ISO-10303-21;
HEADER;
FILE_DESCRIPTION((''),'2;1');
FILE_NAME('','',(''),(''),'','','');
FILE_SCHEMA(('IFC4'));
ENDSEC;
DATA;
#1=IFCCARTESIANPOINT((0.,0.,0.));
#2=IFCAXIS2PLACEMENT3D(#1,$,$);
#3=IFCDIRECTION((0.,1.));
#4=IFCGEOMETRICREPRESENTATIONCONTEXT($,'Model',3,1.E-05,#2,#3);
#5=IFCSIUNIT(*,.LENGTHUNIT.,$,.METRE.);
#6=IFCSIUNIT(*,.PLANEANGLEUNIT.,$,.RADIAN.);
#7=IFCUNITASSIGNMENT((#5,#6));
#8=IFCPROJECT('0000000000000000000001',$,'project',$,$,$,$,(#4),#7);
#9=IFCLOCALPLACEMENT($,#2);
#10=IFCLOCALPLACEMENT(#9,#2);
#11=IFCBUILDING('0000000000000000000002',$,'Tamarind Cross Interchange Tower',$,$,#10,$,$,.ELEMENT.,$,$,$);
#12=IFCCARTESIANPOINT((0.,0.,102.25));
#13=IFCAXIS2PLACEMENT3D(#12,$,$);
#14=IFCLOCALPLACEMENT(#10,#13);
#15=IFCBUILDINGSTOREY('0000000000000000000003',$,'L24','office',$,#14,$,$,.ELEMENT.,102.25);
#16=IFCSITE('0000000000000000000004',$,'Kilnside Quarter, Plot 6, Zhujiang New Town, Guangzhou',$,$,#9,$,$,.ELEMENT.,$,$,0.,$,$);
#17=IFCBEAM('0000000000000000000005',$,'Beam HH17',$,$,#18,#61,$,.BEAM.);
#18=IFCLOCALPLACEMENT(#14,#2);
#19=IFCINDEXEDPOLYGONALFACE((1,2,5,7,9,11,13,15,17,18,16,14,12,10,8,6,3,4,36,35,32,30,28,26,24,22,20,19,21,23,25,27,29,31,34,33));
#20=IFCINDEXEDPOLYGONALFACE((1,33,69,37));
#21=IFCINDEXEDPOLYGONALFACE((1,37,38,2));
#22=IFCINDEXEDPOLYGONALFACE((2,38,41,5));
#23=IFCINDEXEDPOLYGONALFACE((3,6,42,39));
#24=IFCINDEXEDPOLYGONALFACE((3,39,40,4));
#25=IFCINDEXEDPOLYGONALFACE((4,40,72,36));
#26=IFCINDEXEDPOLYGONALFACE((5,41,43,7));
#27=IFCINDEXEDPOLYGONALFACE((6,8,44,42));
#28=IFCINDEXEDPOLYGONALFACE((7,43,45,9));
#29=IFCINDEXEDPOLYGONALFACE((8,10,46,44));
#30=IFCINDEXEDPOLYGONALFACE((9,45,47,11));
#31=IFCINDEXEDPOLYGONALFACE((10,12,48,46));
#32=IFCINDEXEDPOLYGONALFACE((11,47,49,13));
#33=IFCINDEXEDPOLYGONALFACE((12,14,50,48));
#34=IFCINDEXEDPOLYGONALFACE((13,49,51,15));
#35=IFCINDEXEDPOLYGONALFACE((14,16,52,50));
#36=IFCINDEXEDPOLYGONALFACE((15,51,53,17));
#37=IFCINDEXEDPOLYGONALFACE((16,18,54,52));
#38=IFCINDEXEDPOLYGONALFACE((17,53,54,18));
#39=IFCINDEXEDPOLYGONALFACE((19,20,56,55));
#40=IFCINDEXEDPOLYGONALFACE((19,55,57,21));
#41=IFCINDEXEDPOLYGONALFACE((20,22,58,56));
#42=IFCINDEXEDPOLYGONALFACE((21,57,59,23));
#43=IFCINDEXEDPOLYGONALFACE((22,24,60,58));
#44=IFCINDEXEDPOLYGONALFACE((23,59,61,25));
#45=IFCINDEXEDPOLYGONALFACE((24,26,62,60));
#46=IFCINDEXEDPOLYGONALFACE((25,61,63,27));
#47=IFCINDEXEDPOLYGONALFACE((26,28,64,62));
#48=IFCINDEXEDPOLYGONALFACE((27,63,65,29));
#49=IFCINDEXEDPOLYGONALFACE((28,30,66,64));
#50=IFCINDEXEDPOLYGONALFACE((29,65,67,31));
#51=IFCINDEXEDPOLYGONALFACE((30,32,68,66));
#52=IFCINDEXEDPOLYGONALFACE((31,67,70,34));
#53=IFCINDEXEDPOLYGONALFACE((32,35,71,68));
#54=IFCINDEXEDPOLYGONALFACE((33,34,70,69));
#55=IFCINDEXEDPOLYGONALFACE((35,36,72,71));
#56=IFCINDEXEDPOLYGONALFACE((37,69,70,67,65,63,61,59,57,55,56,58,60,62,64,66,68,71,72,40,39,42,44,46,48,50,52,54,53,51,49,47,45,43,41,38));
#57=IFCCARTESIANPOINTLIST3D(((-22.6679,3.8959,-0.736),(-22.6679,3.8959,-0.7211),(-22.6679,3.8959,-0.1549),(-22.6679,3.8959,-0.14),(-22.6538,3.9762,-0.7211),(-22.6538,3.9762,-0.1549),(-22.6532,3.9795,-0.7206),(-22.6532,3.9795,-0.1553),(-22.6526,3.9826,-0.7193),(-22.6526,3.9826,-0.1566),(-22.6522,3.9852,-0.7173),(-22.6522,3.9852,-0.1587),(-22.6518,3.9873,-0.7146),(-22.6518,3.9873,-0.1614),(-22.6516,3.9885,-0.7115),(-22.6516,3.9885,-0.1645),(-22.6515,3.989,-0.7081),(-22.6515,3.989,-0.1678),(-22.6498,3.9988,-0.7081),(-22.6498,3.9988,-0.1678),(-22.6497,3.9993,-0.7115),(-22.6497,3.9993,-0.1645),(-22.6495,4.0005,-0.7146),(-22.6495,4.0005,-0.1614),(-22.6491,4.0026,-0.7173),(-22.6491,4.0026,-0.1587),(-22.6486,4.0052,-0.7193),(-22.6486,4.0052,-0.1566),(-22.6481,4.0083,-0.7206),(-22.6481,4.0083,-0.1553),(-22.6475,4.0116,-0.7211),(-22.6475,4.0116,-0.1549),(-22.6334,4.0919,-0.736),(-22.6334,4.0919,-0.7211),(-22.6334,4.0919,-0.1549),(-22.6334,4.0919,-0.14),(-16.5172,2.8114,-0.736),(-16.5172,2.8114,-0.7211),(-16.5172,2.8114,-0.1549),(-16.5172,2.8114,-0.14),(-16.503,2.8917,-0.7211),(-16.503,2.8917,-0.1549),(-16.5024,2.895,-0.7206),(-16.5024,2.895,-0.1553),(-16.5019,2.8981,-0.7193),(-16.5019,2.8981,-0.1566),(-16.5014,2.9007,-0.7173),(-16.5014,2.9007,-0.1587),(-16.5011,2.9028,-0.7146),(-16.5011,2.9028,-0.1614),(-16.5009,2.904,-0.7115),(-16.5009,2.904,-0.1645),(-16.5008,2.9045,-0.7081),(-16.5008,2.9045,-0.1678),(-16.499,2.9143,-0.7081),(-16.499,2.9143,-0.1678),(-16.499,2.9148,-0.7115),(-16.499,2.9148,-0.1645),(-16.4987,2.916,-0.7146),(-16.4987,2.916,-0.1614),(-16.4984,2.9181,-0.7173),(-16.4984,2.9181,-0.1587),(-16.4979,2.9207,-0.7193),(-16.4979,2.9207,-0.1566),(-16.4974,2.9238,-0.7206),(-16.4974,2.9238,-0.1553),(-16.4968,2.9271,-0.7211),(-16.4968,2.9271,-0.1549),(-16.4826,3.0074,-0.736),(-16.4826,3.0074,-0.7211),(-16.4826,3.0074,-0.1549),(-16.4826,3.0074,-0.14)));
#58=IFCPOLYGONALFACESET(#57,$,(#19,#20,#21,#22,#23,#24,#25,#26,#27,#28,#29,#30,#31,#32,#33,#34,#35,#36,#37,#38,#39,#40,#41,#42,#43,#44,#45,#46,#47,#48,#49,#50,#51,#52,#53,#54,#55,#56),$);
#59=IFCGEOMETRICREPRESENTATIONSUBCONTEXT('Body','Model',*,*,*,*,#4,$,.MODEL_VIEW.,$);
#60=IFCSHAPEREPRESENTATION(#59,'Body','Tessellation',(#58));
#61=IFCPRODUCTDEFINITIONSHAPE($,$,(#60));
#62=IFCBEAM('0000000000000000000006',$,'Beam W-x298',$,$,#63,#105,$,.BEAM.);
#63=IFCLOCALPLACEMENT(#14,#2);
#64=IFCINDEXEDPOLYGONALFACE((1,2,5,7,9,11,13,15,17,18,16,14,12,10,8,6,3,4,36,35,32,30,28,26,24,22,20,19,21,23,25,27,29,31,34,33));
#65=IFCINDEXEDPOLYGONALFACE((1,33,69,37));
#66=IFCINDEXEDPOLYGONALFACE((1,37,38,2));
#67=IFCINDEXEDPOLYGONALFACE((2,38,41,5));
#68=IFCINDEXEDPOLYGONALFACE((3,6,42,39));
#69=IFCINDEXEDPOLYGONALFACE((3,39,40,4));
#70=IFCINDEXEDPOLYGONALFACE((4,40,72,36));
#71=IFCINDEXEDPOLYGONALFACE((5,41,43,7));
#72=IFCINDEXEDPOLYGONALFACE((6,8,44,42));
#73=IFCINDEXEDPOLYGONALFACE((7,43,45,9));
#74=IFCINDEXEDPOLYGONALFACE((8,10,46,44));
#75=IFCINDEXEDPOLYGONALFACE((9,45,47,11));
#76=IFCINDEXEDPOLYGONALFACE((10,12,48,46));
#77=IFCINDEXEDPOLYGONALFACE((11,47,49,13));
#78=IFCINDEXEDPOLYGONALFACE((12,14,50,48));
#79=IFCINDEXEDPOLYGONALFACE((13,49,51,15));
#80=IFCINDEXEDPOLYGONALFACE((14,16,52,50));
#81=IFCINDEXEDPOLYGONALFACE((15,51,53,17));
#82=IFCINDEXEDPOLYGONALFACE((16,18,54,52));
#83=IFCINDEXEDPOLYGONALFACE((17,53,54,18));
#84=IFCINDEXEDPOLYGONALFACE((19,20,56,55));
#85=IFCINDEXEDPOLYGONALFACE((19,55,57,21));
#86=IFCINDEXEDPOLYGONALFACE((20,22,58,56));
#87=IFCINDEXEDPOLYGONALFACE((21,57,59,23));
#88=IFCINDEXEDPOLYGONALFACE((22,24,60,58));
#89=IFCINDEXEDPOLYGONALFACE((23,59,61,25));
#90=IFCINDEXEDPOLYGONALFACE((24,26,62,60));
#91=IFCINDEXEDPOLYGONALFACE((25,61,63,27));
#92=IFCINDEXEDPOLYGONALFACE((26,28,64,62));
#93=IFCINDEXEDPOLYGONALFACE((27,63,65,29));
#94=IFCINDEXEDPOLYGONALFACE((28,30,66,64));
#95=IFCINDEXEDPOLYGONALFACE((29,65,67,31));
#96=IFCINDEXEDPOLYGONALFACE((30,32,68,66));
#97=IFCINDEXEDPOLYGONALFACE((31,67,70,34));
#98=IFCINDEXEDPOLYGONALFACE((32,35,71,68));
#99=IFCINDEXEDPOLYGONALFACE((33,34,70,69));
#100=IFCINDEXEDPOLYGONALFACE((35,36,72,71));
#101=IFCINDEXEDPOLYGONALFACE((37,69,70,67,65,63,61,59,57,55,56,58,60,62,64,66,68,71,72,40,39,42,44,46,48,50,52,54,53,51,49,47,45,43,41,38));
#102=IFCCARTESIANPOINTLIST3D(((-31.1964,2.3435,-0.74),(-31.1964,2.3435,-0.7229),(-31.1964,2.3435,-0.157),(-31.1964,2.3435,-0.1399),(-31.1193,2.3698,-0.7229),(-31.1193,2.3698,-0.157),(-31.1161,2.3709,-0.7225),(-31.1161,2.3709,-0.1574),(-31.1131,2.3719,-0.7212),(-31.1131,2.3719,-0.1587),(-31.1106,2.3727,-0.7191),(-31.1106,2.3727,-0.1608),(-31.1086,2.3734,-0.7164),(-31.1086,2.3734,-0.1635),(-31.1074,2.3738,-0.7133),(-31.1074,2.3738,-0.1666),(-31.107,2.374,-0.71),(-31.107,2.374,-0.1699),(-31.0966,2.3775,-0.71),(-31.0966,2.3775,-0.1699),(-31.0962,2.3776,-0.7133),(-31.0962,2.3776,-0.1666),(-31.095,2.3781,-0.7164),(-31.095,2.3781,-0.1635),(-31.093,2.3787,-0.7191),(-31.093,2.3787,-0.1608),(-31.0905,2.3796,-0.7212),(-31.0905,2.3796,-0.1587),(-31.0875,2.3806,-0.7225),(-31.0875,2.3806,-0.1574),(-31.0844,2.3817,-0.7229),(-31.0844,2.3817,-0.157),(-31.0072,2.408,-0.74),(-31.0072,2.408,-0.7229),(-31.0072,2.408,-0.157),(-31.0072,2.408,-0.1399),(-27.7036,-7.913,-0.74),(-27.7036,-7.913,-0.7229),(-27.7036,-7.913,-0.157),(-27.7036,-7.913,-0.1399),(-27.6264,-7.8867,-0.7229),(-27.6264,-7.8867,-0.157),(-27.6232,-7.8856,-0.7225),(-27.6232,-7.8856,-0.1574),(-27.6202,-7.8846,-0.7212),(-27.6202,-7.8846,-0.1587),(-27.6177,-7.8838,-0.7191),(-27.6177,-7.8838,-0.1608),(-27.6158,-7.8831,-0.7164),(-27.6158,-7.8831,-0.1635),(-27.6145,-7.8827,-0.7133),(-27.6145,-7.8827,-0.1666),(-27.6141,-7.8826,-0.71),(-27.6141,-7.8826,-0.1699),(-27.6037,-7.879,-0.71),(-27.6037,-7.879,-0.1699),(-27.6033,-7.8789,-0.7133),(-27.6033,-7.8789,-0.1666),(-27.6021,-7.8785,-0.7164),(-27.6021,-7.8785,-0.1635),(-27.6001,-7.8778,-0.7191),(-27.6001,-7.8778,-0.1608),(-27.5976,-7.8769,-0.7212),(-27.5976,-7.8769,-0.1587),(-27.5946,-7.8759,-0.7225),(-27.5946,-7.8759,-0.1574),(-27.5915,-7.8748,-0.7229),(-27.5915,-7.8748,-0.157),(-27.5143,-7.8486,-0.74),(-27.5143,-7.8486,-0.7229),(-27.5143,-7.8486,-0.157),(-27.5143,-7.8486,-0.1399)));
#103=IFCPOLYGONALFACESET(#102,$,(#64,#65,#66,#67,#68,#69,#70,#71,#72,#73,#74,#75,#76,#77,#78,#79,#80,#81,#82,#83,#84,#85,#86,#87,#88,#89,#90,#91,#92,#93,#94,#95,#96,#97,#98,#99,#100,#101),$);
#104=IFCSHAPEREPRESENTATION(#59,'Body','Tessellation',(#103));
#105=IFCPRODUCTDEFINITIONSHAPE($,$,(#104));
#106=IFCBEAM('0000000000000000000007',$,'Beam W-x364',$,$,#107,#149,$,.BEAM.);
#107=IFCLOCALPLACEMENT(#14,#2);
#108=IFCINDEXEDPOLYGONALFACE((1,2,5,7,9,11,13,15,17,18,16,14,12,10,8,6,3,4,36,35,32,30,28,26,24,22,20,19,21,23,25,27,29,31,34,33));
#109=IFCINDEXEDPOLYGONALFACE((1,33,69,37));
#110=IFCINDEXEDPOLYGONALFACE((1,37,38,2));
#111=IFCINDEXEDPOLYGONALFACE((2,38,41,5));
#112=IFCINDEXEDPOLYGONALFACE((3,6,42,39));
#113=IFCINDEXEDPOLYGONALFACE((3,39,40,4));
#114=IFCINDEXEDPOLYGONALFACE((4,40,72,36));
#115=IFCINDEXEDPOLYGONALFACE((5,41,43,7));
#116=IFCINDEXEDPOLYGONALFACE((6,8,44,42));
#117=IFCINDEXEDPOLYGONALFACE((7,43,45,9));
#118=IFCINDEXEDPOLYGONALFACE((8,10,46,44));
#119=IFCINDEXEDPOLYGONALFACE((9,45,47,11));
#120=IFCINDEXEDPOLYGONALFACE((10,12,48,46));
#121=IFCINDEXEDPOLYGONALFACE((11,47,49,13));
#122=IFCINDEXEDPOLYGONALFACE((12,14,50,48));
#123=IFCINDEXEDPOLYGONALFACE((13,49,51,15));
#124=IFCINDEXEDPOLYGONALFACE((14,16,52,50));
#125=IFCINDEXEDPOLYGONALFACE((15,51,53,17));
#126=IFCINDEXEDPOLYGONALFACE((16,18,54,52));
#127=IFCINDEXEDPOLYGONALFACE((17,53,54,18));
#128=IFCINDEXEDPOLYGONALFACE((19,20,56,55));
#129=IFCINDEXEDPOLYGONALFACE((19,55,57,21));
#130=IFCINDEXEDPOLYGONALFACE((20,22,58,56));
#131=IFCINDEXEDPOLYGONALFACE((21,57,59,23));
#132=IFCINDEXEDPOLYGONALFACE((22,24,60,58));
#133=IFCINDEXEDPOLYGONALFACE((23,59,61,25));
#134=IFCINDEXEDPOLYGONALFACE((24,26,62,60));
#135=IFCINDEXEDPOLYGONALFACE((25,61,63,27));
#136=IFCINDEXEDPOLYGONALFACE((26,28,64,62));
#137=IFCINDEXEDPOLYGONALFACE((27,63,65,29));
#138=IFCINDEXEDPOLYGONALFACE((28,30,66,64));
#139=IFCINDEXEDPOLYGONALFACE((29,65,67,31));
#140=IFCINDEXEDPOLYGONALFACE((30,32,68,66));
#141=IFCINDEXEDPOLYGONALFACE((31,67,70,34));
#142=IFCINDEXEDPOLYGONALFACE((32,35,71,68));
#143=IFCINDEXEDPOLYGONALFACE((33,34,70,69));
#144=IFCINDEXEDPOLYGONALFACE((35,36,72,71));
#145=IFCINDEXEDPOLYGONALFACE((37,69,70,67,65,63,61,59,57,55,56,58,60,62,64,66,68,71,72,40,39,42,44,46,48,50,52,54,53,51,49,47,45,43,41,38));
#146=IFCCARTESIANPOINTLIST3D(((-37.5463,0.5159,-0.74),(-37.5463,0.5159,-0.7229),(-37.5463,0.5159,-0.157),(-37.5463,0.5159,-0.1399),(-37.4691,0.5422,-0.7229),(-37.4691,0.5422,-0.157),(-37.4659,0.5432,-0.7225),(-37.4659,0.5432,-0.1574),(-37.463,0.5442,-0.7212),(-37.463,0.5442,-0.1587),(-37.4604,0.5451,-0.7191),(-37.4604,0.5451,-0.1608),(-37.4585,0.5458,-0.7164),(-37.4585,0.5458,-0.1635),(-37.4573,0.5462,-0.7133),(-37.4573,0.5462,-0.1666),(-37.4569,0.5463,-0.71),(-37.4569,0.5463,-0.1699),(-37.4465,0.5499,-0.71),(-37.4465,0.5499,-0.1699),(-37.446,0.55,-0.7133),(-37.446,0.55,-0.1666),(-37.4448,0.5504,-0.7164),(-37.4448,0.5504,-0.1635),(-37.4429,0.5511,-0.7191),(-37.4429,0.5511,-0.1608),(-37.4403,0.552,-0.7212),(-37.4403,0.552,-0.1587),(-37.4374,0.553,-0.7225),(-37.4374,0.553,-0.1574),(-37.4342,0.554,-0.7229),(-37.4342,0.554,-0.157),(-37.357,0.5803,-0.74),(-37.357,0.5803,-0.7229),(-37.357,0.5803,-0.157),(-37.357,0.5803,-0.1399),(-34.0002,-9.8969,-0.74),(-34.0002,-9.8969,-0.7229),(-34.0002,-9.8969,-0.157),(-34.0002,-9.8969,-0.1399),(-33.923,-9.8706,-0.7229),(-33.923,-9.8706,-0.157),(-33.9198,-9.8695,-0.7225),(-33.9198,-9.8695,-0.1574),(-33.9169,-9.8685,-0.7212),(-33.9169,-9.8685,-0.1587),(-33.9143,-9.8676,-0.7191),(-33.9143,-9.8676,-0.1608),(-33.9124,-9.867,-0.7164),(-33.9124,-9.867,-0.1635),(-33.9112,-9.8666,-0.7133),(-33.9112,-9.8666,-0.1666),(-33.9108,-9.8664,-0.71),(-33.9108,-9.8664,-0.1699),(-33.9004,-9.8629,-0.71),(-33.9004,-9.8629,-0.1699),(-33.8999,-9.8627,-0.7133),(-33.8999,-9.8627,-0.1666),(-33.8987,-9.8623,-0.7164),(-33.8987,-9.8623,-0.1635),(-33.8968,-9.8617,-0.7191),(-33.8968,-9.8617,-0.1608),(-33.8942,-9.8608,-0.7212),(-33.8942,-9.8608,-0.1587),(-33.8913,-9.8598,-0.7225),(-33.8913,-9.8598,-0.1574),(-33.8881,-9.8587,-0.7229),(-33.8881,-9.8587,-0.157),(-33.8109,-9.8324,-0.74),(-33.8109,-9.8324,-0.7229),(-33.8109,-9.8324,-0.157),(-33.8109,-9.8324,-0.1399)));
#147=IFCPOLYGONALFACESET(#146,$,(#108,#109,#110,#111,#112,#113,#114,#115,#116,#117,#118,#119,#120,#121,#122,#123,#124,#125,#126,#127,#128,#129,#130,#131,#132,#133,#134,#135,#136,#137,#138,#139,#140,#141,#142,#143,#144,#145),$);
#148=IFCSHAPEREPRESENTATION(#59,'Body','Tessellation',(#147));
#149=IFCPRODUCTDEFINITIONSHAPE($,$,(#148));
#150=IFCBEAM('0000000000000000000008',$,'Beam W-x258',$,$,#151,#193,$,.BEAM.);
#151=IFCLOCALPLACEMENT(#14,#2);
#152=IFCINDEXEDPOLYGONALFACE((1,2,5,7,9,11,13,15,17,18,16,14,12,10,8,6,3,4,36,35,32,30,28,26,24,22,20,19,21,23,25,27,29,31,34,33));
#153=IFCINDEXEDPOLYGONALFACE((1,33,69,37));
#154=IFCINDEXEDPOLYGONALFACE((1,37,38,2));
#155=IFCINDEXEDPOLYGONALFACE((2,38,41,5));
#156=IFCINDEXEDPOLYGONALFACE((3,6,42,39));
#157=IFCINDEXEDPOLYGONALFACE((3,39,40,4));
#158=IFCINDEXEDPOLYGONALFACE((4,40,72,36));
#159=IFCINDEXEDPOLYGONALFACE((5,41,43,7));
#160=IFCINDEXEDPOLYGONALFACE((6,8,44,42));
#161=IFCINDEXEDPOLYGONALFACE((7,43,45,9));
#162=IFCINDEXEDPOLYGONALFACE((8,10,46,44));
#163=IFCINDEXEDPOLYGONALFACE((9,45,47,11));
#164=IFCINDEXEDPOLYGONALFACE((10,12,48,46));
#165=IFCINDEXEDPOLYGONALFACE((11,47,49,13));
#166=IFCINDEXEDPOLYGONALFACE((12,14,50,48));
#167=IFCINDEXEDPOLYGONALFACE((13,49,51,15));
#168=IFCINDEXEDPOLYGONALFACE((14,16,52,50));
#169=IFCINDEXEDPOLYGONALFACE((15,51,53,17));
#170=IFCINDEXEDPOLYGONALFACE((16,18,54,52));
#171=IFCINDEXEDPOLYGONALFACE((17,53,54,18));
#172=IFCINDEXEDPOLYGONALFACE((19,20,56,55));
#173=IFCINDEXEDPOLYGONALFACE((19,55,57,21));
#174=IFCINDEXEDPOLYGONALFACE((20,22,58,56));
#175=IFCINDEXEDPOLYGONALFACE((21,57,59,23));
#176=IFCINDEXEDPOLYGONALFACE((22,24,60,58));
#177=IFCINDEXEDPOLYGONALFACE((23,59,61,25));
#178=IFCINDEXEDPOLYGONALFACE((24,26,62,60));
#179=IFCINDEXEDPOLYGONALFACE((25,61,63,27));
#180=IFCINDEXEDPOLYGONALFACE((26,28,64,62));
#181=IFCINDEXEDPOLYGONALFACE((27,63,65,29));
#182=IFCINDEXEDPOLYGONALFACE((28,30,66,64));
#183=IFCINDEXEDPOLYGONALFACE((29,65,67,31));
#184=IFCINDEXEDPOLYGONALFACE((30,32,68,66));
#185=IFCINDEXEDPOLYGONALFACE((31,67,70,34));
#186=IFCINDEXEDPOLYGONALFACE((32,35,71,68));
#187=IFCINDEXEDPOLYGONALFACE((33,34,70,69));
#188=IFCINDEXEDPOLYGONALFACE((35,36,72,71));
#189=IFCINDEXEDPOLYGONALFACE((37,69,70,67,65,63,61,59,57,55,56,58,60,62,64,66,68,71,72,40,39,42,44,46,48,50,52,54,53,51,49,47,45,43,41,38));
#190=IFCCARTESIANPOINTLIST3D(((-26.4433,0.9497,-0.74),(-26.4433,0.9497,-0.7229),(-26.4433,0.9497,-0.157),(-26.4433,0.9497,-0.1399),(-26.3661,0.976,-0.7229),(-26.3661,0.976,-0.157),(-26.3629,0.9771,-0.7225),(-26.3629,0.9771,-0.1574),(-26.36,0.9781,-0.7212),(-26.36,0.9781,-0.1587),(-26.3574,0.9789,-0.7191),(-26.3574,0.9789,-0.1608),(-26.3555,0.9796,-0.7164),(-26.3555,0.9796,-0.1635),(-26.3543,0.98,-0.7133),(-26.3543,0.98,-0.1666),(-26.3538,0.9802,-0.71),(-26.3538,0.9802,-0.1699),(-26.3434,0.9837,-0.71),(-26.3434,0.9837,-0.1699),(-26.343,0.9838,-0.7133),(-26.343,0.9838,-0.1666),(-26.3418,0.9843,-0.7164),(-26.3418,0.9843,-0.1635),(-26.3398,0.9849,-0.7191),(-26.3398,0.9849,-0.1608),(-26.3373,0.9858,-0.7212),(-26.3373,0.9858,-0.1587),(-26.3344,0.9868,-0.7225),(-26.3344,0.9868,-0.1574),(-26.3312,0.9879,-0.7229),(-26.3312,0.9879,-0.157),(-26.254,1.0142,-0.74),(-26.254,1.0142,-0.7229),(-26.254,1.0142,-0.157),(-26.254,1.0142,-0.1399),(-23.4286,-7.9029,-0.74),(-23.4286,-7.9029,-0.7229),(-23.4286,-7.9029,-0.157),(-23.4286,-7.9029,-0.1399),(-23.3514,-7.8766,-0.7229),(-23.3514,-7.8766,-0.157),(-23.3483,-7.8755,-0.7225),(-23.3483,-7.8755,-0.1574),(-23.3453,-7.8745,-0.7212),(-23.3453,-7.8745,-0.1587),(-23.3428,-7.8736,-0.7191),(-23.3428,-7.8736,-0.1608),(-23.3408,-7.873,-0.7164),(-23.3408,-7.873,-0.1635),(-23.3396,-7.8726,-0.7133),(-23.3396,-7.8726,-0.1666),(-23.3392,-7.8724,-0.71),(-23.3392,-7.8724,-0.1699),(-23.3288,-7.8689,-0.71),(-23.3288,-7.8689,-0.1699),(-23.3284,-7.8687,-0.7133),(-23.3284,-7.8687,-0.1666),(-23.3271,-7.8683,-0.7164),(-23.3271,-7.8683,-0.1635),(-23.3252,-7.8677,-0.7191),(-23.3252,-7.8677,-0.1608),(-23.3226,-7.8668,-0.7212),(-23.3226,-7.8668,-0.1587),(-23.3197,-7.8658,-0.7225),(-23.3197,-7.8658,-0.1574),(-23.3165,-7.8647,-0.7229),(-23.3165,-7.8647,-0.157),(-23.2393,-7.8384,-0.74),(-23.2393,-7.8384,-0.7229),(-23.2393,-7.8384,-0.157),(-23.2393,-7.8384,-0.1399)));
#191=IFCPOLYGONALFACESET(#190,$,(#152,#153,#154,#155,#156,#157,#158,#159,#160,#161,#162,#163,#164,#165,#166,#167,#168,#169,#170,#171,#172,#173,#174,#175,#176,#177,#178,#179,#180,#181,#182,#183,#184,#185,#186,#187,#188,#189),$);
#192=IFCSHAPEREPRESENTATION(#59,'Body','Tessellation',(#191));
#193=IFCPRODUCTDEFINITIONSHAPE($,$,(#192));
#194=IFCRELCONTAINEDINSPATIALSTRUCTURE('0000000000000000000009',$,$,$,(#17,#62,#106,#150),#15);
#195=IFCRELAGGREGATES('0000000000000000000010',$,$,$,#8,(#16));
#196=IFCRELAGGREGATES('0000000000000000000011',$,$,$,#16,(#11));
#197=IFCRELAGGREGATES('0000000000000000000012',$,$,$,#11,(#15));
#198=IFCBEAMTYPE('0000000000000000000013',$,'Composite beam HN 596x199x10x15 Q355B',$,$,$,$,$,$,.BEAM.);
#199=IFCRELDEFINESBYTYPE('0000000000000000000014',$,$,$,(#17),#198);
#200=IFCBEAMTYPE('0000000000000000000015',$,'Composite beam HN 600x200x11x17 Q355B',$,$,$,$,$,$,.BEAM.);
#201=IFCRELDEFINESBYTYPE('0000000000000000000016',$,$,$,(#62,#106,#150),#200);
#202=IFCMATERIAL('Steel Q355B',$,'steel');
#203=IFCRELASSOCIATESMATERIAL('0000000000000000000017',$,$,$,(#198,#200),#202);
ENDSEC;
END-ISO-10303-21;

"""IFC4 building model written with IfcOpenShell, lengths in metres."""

from ifc_helpers import new_model, si_unit, direction, frame, origin, origin_2d, place, context, subcontext, project, spatial, i_section, extrude, material, material_profile, profile_set, type_object, element, save


model = new_model("IFC4")

# Units and contexts
model_context = context("Model", 3, precision=1e-05, world=origin(), true_north=direction((0.0, 1.0)))
body_context = subcontext(model_context, "Body", "Model", "MODEL_VIEW")
ifc_project = project(units=[si_unit("LENGTHUNIT", "METRE"), si_unit("PLANEANGLEUNIT", "RADIAN")], contexts=[model_context])

# Site, building, storey
site_placement = place(None, origin())
site = spatial("IfcSite", under=ifc_project, at=site_placement, Name="Kilnside Quarter, Plot 6, Zhujiang New Town, Guangzhou", CompositionType="ELEMENT", RefElevation=0.0)
building_placement = place(site_placement, origin())
building = spatial("IfcBuilding", under=site, at=building_placement, Name="Tamarind Cross Interchange Tower", CompositionType="ELEMENT")
storey_placement = place(building_placement, frame((0.0, 0.0, 102.25)))
storey = spatial("IfcBuildingStorey", under=building, at=storey_placement, Name="L24", Description="office", CompositionType="ELEMENT", Elevation=102.25)

# Beams
ifc_material_1 = material(Name="Steel Q355B", Category="steel")
ifc_material_profile_1 = material_profile(ifc_material_1, i_section(OverallWidth=0.199, OverallDepth=0.5959, WebThickness=0.01, FlangeThickness=0.0149, FilletRadius=0.0129, at=origin_2d()), Name="HN 596x199x10x15")
ifc_profile_set_1 = profile_set([ifc_material_profile_1], Name="Steel Q355B")
beam_type_1 = type_object("IfcBeamType", Name="Composite beam HN 596x199x10x15 Q355B", PredefinedType="BEAM", material=ifc_profile_set_1)
beam_1_placement = place(storey_placement, frame((-22.6506, 3.9939, -0.438), z_axis=(0.984809, -0.17364, 0.0), x_axis=(0.17364, 0.984809, 0.0)))
element("IfcBeam", 1, at=beam_1_placement, inside=storey, type_object=beam_type_1, Name="Beam HH17", PredefinedType="BEAM", context=body_context, shape_type="SweptSolid", body=[
    extrude(i_section(OverallWidth=0.199, OverallDepth=0.5959, WebThickness=0.01, FlangeThickness=0.0149, FilletRadius=0.0129, at=origin_2d()), origin(), (0.0, 0.0, 1.0), 6.2456),
])
ifc_material_profile_2 = material_profile(ifc_material_1, i_section(OverallWidth=0.2, OverallDepth=0.6001, WebThickness=0.011, FlangeThickness=0.0171, FilletRadius=0.0129, at=origin_2d()), Name="HN 600x200x11x17")
ifc_profile_set_2 = profile_set([ifc_material_profile_2], Name="Steel Q355B")
beam_type_2 = type_object("IfcBeamType", Name="Composite beam HN 600x200x11x17 Q355B", PredefinedType="BEAM", material=ifc_profile_set_2)
beam_2_placement = place(storey_placement, frame((-31.1018, 2.3757, -0.4399), z_axis=(0.322372, -0.946613, 0.0), x_axis=(0.946613, 0.322372, 0.0)))
element("IfcBeam", 2, at=beam_2_placement, inside=storey, type_object=beam_type_2, Name="Beam W-x298", PredefinedType="BEAM", context=body_context, shape_type="SweptSolid", body=[
    extrude(i_section(OverallWidth=0.2, OverallDepth=0.6001, WebThickness=0.011, FlangeThickness=0.0171, FilletRadius=0.0129, at=origin_2d()), origin(), (0.0, 0.0, 1.0), 10.835),
])
beam_3_placement = place(storey_placement, frame((-37.4517, 0.5481, -0.4399), z_axis=(0.322373, -0.946613, 0.0), x_axis=(0.946613, 0.322373, 0.0)))
element("IfcBeam", 3, at=beam_3_placement, inside=storey, type_object=beam_type_2, Name="Beam W-x364", PredefinedType="BEAM", context=body_context, shape_type="SweptSolid", body=[
    extrude(i_section(OverallWidth=0.2, OverallDepth=0.6001, WebThickness=0.011, FlangeThickness=0.0171, FilletRadius=0.0129, at=origin_2d()), origin(), (0.0, 0.0, 1.0), 11.0),
])
beam_4_placement = place(storey_placement, frame((-26.3486, 0.9819, -0.4399), z_axis=(0.322361, -0.946617, 0.0), x_axis=(0.946617, 0.322361, 0.0)))
element("IfcBeam", 4, at=beam_4_placement, inside=storey, type_object=beam_type_2, Name="Beam W-x258", PredefinedType="BEAM", context=body_context, shape_type="SweptSolid", body=[
    extrude(i_section(OverallWidth=0.2, OverallDepth=0.6001, WebThickness=0.011, FlangeThickness=0.0171, FilletRadius=0.0129, at=origin_2d()), origin(), (0.0, 0.0, 1.0), 9.3518),
])

save(model, "model.ifc")
